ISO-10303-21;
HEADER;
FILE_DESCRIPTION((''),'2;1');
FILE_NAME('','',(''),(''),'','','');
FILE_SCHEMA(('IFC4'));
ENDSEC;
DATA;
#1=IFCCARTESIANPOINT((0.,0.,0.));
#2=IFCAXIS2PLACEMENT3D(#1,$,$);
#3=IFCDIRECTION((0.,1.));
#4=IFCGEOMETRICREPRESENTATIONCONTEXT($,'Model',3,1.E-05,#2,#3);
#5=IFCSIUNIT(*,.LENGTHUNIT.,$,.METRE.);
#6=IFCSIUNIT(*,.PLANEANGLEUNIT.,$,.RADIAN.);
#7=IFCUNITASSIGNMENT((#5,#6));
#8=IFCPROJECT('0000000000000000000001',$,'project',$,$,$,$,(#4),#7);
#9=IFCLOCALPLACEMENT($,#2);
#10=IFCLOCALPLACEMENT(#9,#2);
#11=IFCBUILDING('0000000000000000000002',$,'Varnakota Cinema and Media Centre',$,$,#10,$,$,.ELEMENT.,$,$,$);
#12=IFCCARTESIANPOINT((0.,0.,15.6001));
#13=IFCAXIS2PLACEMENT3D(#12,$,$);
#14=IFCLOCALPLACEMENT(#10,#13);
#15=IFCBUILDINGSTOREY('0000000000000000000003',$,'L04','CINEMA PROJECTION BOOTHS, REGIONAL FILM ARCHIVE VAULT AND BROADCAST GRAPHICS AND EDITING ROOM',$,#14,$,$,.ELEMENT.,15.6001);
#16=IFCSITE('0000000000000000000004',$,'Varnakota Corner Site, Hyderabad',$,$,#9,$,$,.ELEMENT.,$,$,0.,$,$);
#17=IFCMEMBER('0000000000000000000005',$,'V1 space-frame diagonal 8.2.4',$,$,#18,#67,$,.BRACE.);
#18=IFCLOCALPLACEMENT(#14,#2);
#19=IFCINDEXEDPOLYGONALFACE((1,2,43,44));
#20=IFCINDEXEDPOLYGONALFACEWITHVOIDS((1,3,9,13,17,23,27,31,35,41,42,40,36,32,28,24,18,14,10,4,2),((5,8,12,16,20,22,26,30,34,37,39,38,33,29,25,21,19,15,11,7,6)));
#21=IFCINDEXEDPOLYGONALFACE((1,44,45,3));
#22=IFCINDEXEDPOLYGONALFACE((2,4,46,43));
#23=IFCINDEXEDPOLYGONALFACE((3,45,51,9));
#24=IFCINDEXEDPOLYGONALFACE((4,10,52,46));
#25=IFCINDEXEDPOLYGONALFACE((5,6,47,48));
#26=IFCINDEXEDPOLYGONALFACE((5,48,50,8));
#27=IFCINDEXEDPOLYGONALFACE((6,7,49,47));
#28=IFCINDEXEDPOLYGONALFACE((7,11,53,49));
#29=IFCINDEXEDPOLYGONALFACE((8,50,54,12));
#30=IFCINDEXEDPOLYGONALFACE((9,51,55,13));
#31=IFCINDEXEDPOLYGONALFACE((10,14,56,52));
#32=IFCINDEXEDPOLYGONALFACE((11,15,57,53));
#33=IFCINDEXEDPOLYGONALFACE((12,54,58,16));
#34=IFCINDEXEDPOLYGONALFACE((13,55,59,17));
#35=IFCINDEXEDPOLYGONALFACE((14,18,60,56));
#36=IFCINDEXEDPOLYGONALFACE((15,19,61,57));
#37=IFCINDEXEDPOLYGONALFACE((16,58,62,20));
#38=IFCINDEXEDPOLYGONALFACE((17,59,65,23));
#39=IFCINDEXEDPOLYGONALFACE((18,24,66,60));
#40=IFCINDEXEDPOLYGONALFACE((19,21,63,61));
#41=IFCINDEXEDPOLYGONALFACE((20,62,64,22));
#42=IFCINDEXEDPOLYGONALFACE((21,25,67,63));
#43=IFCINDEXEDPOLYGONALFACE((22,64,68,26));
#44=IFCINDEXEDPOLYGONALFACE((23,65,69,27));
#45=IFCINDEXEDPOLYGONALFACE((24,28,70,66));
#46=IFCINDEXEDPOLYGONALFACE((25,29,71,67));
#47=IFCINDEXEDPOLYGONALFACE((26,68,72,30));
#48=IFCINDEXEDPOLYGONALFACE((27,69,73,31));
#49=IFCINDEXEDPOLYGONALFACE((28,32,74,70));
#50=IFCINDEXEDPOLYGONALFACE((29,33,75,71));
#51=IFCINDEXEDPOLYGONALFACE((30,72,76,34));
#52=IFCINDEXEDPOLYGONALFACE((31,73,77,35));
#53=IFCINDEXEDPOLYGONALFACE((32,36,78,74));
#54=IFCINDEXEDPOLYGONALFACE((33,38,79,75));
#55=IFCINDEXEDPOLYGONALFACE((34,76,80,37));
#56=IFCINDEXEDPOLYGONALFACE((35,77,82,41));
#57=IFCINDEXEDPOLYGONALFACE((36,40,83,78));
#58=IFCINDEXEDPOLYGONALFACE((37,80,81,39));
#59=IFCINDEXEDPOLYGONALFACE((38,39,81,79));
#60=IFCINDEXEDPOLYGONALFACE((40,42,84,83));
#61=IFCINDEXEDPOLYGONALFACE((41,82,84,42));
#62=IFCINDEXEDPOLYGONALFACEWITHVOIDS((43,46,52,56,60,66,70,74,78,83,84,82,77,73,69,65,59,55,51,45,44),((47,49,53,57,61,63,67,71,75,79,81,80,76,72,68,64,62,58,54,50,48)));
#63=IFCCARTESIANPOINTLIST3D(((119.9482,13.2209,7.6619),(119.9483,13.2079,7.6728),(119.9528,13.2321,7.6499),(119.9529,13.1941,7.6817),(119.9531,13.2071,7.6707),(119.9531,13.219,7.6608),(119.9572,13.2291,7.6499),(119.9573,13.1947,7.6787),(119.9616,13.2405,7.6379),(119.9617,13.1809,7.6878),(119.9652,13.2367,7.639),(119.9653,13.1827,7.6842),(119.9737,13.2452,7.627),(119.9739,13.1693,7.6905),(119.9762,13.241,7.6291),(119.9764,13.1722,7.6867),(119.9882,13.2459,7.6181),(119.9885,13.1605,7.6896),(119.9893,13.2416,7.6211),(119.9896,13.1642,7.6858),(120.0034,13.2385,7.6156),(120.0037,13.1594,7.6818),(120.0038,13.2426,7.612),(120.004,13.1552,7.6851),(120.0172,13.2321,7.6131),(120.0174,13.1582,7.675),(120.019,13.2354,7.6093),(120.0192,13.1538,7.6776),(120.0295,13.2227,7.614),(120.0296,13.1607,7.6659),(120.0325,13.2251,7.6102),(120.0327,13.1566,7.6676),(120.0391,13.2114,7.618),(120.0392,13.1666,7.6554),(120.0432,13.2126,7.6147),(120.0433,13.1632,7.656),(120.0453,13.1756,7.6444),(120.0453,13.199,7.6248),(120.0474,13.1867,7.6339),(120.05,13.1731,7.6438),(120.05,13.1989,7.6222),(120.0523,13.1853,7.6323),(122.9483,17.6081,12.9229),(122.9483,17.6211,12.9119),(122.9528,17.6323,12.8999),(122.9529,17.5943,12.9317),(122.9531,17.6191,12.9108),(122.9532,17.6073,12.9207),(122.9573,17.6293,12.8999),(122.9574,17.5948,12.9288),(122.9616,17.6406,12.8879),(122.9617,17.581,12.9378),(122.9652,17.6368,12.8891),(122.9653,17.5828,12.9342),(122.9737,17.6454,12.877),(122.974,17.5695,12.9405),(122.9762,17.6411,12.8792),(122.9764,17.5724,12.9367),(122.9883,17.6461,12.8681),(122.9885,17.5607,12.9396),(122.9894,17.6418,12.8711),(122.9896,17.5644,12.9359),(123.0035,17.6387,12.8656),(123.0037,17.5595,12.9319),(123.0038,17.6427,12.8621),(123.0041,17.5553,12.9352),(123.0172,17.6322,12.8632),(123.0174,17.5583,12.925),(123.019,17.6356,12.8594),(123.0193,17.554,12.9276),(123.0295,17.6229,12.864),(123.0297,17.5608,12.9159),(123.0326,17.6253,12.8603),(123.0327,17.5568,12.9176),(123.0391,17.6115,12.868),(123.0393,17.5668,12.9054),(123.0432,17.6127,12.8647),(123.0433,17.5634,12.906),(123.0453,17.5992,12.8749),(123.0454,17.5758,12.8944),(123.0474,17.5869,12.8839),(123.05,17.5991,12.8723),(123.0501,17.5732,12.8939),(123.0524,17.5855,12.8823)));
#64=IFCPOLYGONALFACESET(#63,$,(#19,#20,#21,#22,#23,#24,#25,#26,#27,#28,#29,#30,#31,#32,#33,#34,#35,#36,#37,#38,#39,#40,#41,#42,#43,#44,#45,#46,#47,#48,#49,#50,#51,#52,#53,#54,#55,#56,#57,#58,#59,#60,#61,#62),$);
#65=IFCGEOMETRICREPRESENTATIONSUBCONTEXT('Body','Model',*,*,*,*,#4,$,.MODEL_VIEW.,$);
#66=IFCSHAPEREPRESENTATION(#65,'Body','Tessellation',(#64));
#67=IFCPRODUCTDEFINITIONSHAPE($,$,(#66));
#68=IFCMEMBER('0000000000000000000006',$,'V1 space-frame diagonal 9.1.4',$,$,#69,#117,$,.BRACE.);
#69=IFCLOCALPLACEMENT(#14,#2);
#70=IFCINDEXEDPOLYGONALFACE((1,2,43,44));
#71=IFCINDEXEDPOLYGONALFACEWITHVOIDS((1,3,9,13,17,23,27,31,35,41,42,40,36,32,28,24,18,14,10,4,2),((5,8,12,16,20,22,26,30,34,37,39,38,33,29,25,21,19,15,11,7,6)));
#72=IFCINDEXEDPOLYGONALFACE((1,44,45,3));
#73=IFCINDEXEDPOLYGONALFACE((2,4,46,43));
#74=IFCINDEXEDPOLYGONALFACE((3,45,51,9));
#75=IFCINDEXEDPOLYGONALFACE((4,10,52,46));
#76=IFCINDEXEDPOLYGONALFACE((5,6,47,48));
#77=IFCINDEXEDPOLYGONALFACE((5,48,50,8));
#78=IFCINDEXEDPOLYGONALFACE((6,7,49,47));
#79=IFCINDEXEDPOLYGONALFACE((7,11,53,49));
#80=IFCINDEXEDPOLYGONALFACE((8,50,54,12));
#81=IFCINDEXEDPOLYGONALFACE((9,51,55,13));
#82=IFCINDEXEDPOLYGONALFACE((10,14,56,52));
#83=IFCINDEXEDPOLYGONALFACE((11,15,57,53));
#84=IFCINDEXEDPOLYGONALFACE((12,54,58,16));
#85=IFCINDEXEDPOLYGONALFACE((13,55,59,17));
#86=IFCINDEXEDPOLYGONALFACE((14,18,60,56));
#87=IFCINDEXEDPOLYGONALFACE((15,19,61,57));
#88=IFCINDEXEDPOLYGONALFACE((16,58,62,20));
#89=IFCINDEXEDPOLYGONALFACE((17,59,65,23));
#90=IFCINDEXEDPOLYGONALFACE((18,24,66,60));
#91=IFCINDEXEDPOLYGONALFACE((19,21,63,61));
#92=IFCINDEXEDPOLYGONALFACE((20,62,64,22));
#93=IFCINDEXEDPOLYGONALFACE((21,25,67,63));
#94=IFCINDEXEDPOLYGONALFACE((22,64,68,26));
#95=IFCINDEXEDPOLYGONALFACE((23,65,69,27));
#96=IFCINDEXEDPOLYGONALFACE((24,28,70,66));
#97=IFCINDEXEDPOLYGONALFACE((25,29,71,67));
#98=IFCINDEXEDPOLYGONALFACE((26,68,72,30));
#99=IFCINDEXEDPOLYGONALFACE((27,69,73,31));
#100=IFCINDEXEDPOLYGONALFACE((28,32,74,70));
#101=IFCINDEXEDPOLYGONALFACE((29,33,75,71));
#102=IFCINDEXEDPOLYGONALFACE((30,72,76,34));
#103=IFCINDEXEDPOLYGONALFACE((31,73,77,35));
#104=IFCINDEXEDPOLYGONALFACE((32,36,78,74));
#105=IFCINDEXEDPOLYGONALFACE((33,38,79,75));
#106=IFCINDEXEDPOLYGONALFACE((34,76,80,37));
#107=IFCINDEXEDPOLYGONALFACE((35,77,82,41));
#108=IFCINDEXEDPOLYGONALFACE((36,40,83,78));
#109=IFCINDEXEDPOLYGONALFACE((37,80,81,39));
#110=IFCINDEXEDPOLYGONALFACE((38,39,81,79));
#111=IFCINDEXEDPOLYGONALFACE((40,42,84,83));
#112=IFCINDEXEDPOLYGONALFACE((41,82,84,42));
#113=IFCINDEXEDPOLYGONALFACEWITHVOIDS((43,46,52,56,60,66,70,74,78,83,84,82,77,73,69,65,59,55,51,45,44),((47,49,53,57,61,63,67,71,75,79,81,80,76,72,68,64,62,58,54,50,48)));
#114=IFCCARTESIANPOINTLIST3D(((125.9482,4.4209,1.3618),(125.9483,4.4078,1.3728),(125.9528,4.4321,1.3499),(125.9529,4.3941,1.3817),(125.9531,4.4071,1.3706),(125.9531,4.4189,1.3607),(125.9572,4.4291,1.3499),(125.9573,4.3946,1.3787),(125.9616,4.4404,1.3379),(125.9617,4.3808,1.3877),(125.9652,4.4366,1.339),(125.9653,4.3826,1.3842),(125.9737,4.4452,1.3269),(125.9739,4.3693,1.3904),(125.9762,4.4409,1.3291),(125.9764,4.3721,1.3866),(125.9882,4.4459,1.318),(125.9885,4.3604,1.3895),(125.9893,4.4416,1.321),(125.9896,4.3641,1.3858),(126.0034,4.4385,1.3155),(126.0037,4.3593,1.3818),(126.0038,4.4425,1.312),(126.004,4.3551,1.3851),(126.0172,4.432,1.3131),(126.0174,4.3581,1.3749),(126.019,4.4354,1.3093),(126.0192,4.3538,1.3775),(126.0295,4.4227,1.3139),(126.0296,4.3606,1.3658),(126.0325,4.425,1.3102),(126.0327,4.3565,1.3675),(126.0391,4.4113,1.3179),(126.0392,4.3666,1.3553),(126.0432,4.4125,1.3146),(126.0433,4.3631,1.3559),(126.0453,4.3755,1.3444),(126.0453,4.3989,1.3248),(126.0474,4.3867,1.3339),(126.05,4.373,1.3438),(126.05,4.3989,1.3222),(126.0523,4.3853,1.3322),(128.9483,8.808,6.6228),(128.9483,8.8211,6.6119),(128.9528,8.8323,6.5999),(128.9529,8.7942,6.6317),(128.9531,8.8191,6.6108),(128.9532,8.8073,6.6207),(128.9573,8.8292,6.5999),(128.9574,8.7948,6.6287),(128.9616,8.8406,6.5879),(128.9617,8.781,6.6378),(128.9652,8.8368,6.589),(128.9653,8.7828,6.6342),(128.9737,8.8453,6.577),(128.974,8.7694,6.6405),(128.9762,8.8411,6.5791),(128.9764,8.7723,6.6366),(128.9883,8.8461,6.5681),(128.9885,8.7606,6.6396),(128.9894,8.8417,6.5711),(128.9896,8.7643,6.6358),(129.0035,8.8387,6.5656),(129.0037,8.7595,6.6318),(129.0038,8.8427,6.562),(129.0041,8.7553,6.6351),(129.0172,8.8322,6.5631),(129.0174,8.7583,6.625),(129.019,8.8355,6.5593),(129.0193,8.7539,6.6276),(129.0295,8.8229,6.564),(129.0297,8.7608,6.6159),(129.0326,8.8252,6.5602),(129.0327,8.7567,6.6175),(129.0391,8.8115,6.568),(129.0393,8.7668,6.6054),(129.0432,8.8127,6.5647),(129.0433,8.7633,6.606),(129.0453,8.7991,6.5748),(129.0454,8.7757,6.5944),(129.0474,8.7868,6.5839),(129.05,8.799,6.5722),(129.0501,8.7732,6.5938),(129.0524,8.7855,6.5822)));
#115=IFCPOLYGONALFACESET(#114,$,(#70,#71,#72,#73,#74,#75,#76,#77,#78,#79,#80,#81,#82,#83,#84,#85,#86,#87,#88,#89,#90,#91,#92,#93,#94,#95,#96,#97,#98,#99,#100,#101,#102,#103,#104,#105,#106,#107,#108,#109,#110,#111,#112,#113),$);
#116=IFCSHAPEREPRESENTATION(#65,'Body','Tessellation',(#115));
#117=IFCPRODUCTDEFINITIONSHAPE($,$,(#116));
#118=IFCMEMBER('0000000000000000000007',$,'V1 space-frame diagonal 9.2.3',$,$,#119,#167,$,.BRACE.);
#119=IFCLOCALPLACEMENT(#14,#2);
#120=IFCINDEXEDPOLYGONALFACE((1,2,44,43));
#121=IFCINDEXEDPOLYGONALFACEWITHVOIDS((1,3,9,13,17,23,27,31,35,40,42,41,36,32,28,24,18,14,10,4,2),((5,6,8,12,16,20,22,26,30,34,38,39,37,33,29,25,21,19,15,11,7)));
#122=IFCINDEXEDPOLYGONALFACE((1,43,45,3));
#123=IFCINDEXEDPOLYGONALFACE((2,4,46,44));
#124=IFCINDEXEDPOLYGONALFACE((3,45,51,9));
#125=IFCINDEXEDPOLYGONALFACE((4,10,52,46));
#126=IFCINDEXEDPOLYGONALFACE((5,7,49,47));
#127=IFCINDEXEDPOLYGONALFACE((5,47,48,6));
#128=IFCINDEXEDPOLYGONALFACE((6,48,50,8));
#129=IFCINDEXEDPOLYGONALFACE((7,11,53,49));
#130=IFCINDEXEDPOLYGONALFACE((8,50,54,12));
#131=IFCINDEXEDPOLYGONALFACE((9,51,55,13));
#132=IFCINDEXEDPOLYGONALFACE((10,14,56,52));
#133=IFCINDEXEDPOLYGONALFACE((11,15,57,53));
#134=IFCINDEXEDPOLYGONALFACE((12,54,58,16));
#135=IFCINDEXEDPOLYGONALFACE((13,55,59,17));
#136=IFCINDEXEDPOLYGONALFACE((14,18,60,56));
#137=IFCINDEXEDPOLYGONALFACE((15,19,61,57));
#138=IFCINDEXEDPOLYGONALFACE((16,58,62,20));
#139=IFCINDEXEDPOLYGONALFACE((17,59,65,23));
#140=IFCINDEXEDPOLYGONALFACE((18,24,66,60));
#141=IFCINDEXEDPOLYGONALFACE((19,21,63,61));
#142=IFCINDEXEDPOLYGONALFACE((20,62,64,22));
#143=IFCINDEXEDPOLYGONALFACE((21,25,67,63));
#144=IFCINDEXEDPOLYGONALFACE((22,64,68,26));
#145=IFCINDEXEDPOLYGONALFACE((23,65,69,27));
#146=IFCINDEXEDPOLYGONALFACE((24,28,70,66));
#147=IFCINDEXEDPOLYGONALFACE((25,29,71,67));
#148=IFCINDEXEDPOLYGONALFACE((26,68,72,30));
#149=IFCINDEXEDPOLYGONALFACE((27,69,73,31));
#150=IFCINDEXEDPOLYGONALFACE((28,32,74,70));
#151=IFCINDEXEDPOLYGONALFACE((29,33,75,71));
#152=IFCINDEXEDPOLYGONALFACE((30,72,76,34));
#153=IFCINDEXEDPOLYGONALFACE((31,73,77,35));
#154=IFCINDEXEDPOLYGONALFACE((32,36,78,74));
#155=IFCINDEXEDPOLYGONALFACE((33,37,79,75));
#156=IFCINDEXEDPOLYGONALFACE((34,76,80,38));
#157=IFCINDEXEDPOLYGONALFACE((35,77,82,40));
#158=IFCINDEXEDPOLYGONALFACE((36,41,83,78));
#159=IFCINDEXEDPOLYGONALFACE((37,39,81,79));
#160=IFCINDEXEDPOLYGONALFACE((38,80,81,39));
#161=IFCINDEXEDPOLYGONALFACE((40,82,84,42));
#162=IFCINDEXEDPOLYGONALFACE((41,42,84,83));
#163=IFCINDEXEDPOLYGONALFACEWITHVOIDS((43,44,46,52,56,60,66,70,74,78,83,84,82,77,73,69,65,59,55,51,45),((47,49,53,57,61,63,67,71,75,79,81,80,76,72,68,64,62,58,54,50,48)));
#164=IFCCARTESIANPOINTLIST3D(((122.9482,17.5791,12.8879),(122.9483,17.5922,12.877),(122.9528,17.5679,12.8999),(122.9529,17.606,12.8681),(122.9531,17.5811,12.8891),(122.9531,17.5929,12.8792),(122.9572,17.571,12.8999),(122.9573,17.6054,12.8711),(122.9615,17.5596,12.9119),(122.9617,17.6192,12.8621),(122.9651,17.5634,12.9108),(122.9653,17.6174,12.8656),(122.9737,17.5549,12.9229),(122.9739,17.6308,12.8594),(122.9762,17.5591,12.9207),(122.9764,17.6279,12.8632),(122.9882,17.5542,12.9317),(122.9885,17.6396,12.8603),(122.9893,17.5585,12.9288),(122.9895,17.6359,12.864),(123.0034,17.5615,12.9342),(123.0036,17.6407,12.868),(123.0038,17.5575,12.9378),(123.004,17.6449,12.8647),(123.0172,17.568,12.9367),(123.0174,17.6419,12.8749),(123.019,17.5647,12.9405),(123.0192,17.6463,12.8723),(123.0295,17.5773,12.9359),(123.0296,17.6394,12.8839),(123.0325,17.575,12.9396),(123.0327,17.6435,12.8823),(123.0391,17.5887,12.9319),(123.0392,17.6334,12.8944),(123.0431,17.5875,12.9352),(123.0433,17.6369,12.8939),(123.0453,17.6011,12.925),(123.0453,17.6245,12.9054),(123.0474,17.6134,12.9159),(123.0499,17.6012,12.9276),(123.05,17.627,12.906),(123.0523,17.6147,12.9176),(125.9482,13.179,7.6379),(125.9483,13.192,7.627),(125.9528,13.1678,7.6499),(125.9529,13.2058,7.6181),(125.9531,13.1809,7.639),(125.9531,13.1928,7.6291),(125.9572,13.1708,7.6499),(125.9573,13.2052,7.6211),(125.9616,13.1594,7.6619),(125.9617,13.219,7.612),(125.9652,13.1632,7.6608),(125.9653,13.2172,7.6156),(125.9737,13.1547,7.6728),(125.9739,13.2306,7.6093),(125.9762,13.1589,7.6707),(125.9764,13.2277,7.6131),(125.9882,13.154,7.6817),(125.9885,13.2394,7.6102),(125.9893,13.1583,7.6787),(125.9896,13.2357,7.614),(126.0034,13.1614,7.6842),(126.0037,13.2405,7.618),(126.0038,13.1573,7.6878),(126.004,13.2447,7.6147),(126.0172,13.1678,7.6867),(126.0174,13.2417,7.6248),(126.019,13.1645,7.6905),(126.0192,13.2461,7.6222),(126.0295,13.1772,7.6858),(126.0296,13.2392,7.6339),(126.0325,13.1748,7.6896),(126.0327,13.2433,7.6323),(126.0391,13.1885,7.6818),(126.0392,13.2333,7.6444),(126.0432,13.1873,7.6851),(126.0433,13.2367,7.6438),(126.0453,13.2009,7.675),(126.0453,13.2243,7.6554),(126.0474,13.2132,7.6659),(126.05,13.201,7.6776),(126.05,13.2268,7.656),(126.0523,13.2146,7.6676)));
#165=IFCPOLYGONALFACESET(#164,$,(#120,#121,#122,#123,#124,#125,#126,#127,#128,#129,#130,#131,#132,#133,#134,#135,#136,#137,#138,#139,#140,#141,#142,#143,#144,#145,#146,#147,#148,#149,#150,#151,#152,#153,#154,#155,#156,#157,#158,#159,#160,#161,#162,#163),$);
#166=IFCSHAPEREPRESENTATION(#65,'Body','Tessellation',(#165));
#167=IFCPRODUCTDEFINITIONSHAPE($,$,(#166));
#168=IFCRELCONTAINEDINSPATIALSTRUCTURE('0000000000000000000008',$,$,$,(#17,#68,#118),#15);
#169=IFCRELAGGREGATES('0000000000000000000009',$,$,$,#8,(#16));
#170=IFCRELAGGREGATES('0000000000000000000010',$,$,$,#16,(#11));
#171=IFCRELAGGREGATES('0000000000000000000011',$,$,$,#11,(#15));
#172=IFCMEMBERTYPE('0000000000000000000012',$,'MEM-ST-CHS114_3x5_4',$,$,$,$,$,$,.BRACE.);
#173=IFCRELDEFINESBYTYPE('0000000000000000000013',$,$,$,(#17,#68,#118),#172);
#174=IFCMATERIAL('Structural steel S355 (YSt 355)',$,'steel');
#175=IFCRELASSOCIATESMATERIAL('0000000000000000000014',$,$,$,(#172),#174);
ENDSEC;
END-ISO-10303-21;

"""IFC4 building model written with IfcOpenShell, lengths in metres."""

from ifc_helpers import new_model, si_unit, direction, frame, origin, origin_2d, place, context, subcontext, project, spatial, hollow_circle, extrude, material, material_profile, profile_set, type_object, element, save


model = new_model("IFC4")

# Units and contexts
model_context = context("Model", 3, precision=1e-05, world=origin(), true_north=direction((0.0, 1.0)))
body_context = subcontext(model_context, "Body", "Model", "MODEL_VIEW")
ifc_project = project(units=[si_unit("LENGTHUNIT", "METRE"), si_unit("PLANEANGLEUNIT", "RADIAN")], contexts=[model_context])

# Site, building, storey
site_placement = place(None, origin())
site = spatial("IfcSite", under=ifc_project, at=site_placement, Name="Varnakota Corner Site, Hyderabad", CompositionType="ELEMENT", RefElevation=0.0)
building_placement = place(site_placement, origin())
building = spatial("IfcBuilding", under=site, at=building_placement, Name="Varnakota Cinema and Media Centre", CompositionType="ELEMENT")
storey_placement = place(building_placement, frame((0.0, 0.0, 15.6001)))
storey = spatial("IfcBuildingStorey", under=building, at=storey_placement, Name="L04", Description="CINEMA PROJECTION BOOTHS, REGIONAL FILM ARCHIVE VAULT AND BROADCAST GRAPHICS AND EDITING ROOM", CompositionType="ELEMENT", Elevation=15.6001)

# Members
ifc_material_1 = material(Name="Structural steel S355 (YSt 355)", Category="steel")
ifc_material_profile_1 = material_profile(ifc_material_1, hollow_circle(Radius=0.0571, WallThickness=0.0054, at=origin_2d()), Name="CHS 114.3x5.4")
ifc_profile_set_1 = profile_set([ifc_material_profile_1], Name="Structural steel S355 (YSt 355)")
member_type_1 = type_object("IfcMemberType", Name="MEM-ST-CHS114_3x5_4", PredefinedType="BRACE", material=ifc_profile_set_1)
for number, where, z_axis, x_axis, name in (
    (1, (120.0, 13.2, 7.6499), (0.401165, 0.588395, 0.702039), (-0.826236, 0.563324, 0.0), "V1 space-frame diagonal 8.2.4"),
    (2, (126.0, 4.3999, 1.3499), (0.401165, 0.588395, 0.702039), (-0.826236, 0.563324, 0.0), "V1 space-frame diagonal 9.1.4"),
    (3, (126.0, 13.2, 7.6499), (-0.401165, 0.588395, 0.702039), (-0.826236, -0.563324, 0.0), "V1 space-frame diagonal 9.2.3"),
):
    element("IfcMember", number, at=place(storey_placement, frame(where, z_axis=z_axis, x_axis=x_axis)), inside=storey, type_object=member_type_1, Name=name, PredefinedType="BRACE", context=body_context, shape_type="SweptSolid", body=[
        extrude(hollow_circle(Radius=0.0571, WallThickness=0.0054, at=origin_2d()), origin(), (0.0, 0.0, 1.0), 7.4783),
    ])

save(model, "model.ifc")
